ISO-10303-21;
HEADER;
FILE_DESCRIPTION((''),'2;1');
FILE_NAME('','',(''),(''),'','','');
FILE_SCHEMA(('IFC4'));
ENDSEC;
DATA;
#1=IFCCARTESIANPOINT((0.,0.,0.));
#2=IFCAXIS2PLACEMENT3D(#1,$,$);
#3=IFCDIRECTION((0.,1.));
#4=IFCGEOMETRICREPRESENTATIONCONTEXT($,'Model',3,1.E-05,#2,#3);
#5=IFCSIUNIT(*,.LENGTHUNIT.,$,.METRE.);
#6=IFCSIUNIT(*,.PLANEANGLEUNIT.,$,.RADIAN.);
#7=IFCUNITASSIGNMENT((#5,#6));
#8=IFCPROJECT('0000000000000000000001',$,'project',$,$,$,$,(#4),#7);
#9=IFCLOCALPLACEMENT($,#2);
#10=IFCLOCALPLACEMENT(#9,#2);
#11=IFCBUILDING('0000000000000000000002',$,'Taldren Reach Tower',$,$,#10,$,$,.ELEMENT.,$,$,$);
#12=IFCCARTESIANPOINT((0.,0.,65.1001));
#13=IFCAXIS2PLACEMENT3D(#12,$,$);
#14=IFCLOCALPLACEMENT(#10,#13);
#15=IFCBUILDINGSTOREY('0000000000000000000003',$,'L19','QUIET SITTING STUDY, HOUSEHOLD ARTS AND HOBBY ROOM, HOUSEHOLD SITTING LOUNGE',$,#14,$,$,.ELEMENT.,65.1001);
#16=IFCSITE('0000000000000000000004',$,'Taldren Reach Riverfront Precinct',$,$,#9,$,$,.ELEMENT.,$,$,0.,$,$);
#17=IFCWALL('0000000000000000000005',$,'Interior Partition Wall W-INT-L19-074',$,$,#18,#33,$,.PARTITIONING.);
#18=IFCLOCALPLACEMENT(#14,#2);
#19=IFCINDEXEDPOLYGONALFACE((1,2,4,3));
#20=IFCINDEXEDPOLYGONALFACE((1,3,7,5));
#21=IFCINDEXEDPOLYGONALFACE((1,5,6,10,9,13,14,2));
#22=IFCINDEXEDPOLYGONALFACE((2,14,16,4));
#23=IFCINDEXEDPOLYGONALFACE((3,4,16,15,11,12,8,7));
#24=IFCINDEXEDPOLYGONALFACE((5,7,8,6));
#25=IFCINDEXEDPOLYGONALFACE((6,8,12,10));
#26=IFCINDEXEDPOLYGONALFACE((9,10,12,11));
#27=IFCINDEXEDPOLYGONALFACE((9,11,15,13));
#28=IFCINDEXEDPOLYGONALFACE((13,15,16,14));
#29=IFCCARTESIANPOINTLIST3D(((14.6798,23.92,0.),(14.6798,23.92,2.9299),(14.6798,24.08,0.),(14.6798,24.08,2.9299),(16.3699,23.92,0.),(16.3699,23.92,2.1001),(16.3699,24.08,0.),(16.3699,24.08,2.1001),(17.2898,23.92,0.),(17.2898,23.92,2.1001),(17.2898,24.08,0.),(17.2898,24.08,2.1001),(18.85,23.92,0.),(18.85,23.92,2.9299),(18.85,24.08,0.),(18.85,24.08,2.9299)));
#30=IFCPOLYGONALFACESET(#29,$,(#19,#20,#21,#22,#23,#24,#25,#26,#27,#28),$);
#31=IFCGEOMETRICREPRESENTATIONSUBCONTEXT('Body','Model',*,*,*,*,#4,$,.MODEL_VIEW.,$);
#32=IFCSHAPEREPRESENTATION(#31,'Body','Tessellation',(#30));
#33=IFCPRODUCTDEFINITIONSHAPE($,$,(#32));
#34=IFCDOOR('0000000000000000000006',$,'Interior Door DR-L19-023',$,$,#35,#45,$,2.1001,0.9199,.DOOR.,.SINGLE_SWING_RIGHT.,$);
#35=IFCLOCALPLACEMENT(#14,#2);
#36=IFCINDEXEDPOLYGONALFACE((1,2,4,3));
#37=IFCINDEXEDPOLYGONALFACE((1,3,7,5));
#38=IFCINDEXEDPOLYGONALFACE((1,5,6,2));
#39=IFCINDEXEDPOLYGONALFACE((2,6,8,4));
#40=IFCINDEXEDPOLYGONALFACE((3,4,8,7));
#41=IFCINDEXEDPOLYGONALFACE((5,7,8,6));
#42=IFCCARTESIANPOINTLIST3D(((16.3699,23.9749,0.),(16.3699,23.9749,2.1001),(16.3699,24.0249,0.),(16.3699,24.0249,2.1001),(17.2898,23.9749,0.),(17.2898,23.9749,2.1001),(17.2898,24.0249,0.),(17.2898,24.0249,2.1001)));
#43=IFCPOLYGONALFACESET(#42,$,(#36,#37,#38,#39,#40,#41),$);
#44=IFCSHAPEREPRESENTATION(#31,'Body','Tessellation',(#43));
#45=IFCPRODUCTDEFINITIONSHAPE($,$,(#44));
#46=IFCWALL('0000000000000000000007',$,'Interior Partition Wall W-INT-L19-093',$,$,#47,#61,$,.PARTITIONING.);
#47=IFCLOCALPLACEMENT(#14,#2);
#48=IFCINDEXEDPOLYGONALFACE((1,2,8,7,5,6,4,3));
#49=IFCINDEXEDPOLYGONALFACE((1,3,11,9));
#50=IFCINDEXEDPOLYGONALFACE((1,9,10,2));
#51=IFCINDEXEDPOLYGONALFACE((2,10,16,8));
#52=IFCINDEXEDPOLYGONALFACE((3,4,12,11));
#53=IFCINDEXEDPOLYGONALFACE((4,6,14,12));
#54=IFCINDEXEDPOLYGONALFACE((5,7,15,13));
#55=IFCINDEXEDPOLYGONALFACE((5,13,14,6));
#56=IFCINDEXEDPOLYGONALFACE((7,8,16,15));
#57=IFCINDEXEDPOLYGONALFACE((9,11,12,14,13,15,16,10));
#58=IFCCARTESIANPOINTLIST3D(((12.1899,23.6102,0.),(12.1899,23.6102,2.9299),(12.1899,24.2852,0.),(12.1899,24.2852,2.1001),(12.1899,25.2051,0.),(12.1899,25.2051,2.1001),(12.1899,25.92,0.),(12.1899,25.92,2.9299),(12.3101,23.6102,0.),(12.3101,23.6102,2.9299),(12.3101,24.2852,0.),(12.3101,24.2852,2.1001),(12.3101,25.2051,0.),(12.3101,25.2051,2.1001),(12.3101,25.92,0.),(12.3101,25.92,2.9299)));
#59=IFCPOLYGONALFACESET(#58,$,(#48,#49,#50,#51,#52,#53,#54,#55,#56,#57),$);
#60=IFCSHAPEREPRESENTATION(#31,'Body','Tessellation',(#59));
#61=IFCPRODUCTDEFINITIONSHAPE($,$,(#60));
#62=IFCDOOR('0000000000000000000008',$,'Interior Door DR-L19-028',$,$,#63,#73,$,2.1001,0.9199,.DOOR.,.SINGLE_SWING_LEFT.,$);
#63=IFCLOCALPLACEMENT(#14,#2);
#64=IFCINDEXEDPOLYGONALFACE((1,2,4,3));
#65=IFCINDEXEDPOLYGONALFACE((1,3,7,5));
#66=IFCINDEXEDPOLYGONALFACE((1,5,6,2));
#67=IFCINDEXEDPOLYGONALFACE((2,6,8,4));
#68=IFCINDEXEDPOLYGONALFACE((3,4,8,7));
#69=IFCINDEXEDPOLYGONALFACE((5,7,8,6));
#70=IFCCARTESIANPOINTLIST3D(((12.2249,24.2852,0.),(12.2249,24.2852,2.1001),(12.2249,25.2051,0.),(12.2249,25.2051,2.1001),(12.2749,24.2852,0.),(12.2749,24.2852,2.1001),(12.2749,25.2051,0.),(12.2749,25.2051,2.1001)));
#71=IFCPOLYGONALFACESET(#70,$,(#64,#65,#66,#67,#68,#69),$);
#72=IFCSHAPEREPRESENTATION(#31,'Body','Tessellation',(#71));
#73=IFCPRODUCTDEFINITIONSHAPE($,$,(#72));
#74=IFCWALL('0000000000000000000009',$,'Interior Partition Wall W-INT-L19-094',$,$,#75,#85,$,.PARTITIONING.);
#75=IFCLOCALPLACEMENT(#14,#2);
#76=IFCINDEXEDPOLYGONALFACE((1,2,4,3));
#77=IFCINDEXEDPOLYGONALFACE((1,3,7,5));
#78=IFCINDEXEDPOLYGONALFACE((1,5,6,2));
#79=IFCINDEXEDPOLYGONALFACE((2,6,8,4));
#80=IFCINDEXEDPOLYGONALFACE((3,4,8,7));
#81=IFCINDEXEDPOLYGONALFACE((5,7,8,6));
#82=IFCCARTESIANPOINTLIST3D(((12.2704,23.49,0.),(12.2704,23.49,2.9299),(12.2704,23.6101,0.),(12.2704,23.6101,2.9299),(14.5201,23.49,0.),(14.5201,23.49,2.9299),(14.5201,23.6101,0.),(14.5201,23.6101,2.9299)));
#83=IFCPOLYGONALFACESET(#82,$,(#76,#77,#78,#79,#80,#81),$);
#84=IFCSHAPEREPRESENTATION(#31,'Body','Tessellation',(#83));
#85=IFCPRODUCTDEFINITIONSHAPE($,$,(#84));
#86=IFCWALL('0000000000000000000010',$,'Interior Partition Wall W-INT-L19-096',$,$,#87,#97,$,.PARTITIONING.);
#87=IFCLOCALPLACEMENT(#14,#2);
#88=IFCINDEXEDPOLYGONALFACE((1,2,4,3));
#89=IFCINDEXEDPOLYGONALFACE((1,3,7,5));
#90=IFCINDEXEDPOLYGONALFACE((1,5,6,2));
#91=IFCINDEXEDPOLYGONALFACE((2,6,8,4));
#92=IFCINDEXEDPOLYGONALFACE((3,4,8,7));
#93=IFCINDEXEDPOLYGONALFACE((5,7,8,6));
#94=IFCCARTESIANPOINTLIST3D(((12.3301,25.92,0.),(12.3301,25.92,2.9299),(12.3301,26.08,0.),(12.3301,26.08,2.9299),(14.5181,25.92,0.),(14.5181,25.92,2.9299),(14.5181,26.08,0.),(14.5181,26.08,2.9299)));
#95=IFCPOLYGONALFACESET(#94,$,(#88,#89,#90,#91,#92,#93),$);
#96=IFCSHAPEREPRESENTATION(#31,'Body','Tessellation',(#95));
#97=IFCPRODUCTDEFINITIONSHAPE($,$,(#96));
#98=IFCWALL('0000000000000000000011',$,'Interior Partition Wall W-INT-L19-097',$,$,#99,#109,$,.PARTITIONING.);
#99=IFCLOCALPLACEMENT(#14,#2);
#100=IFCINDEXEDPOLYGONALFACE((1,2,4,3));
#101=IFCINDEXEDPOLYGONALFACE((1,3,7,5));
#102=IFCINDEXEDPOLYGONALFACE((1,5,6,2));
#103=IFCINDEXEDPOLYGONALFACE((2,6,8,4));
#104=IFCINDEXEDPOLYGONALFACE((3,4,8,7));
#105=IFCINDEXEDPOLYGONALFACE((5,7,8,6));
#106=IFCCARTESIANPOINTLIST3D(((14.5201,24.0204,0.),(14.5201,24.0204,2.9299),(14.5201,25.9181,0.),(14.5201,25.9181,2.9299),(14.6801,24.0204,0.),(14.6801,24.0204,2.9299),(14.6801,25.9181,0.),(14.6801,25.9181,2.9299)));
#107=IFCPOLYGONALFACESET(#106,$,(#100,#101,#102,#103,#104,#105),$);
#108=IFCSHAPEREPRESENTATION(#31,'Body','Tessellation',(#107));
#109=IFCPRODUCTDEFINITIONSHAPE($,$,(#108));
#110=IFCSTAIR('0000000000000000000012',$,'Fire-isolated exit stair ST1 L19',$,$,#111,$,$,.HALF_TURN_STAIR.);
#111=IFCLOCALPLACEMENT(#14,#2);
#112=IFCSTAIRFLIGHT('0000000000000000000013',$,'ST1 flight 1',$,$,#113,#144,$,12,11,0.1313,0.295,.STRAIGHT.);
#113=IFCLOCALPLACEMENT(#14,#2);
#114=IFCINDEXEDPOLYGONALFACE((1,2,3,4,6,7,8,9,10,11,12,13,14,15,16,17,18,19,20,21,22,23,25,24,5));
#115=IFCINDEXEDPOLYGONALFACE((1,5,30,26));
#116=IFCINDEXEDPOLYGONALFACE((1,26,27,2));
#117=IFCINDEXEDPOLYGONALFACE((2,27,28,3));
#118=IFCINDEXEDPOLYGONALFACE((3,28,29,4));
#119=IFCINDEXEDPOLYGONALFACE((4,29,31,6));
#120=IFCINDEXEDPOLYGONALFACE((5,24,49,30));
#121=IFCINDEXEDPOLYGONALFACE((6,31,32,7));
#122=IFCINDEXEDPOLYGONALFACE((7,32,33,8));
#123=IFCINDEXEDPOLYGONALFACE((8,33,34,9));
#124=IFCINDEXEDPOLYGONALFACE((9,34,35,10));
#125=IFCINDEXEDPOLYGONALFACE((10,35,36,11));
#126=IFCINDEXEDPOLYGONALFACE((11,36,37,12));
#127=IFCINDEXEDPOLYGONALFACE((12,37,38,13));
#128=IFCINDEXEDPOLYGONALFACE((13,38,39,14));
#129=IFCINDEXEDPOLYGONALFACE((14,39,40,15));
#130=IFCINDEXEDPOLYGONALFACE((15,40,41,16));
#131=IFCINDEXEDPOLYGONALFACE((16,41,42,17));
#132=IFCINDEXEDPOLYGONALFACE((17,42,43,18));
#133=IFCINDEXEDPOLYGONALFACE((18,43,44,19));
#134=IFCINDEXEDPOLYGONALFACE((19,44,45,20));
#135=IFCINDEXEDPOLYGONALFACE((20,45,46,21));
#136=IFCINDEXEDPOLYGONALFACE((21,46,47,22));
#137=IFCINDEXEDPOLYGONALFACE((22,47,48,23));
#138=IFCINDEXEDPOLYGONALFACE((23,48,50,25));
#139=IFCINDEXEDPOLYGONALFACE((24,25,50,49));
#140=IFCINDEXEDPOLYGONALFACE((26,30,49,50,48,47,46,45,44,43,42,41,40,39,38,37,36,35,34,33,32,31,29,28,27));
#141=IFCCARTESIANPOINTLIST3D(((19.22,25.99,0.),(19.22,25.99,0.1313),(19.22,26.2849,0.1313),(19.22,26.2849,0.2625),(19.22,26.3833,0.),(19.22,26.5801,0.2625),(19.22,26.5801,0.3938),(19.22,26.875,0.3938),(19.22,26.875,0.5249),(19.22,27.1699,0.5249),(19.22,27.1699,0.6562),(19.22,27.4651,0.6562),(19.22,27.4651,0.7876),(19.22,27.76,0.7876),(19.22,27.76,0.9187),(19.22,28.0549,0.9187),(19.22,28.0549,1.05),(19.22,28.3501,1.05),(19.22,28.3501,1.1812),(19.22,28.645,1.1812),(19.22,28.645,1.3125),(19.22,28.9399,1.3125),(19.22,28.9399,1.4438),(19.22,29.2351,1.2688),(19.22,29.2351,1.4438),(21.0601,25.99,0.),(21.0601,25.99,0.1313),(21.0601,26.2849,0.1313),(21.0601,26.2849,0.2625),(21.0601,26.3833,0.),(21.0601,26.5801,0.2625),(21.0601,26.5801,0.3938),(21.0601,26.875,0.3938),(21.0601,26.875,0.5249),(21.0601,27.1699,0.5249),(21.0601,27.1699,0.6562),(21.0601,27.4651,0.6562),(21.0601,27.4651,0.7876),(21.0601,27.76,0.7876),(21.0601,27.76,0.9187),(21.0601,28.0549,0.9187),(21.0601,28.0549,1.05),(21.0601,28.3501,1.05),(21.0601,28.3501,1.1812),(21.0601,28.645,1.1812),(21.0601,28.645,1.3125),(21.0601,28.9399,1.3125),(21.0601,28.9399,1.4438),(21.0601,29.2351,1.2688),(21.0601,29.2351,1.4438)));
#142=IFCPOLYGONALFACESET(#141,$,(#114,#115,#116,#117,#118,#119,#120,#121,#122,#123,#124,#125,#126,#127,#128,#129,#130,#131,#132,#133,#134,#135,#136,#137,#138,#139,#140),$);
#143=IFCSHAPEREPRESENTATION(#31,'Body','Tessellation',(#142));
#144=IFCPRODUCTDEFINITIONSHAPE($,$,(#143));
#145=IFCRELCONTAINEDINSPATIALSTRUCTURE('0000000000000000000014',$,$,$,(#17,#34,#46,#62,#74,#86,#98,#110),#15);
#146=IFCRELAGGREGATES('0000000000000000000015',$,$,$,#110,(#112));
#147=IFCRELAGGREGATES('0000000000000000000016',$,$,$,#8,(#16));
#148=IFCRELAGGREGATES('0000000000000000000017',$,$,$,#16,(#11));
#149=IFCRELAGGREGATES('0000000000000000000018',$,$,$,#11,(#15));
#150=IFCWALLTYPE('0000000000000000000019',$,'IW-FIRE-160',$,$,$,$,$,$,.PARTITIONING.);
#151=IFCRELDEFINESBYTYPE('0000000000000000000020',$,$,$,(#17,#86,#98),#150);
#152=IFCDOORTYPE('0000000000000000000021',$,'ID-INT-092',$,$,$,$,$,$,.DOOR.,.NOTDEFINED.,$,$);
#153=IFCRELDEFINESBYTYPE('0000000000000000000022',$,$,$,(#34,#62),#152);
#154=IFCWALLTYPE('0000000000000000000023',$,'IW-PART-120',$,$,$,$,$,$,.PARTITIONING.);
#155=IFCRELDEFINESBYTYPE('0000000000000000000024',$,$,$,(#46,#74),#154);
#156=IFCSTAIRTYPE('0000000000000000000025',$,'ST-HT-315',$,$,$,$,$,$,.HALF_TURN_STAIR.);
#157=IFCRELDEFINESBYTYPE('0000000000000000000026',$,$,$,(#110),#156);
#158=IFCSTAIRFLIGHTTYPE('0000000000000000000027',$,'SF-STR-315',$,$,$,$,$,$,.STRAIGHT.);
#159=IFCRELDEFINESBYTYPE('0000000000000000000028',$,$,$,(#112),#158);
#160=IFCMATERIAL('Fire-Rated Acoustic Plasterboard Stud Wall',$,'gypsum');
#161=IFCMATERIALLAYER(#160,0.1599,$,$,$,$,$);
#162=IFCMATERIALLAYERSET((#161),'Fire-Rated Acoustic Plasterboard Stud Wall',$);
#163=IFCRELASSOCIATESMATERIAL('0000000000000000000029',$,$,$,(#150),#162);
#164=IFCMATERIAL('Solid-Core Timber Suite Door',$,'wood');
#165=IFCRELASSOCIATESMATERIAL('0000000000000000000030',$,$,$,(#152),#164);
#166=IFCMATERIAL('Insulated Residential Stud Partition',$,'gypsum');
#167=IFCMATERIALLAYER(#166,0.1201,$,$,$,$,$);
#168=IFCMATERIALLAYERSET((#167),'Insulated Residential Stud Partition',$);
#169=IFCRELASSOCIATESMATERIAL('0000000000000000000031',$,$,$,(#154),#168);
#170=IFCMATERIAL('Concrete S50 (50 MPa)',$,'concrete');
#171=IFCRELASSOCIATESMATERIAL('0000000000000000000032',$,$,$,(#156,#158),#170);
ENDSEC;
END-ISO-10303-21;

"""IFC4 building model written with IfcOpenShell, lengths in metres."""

from ifc_helpers import new_model, si_unit, direction, frame, frame_2d, origin, place, context, subcontext, project, spatial, polyline, rectangle, outline, extrude, source, transform, mapped, material, layer, layer_set, type_object, element, fill, aggregate, save


model = new_model("IFC4")

# Units and contexts
model_context = context("Model", 3, precision=1e-05, world=origin(), true_north=direction((0.0, 1.0)))
body_context = subcontext(model_context, "Body", "Model", "MODEL_VIEW")
ifc_project = project(units=[si_unit("LENGTHUNIT", "METRE"), si_unit("PLANEANGLEUNIT", "RADIAN")], contexts=[model_context])

# Site, building, storey
site_placement = place(None, origin())
site = spatial("IfcSite", under=ifc_project, at=site_placement, Name="Taldren Reach Riverfront Precinct", CompositionType="ELEMENT", RefElevation=0.0)
building_placement = place(site_placement, origin())
building = spatial("IfcBuilding", under=site, at=building_placement, Name="Taldren Reach Tower", CompositionType="ELEMENT")
storey_placement = place(building_placement, frame((0.0, 0.0, 65.1001)))
storey = spatial("IfcBuildingStorey", under=building, at=storey_placement, Name="L19", Description="QUIET SITTING STUDY, HOUSEHOLD ARTS AND HOBBY ROOM, HOUSEHOLD SITTING LOUNGE", CompositionType="ELEMENT", Elevation=65.1001)

# Walls, openings, doors
ifc_material_1 = material(Name="Fire-Rated Acoustic Plasterboard Stud Wall", Category="gypsum")
ifc_layer_1 = layer(ifc_material_1, 0.1599)
ifc_layer_set_1 = layer_set([ifc_layer_1], Name="Fire-Rated Acoustic Plasterboard Stud Wall")
wall_type_1 = type_object("IfcWallType", Name="IW-FIRE-160", PredefinedType="PARTITIONING", material=ifc_layer_set_1)
shared_shape_1 = source(origin(), body_context, "Body", "SweptSolid", [
    extrude(rectangle(XDim=4.1702, YDim=0.1599, at=frame_2d((2.085, 0.0))), origin(), (0.0, 0.0, 1.0), 2.9299),
])
wall_1_placement = place(storey_placement, frame((14.6799, 24.0, 0.0), z_axis=(0.0, 0.0, 1.0), x_axis=(1.0, 0.0, 0.0)))
wall_1 = element("IfcWall", 1, at=wall_1_placement, inside=storey, type_object=wall_type_1, Name="Interior Partition Wall W-INT-L19-074", PredefinedType="PARTITIONING", context=body_context, shape_type="MappedRepresentation", body=[
    mapped(shared_shape_1, transform((0.0, 0.0, 0.0), scale=1.0)),
])
shared_shape_2 = source(origin(), body_context, "Body", "SweptSolid", [
    extrude(rectangle(XDim=0.9199, YDim=2.1001, at=frame_2d((0.46, 1.05))), frame((0.0, 0.0898, 0.0), z_axis=(0.0, -1.0, 0.0), x_axis=(1.0, 0.0, 0.0)), (0.0, 0.0, 1.0), 0.1799),
])
opening_1_placement = place(wall_1_placement, frame((1.6899, 0.0, 0.0)))
opening_1 = element("IfcOpeningElement", 2, at=opening_1_placement, cuts=wall_1, PredefinedType="OPENING", context=body_context, shape_type="MappedRepresentation", body=[
    mapped(shared_shape_2, transform((0.0, 0.0, 0.0), scale=1.0)),
])
ifc_material_2 = material(Name="Solid-Core Timber Suite Door", Category="wood")
door_type = type_object("IfcDoorType", Name="ID-INT-092", OperationType="NOTDEFINED", PredefinedType="DOOR", material=ifc_material_2)
shared_shape_3 = source(origin(), body_context, "Body", "SweptSolid", [
    extrude(rectangle(XDim=0.9199, YDim=2.1001, at=frame_2d((0.46, 1.05))), frame((0.0, 0.0249, 0.0), z_axis=(0.0, -1.0, 0.0), x_axis=(1.0, 0.0, 0.0)), (0.0, 0.0, 1.0), 0.05),
])
door_1_placement = place(opening_1_placement, origin())
door_1 = element("IfcDoor", 3, at=door_1_placement, inside=storey, type_object=door_type, Name="Interior Door DR-L19-023", OperationType="SINGLE_SWING_RIGHT", OverallHeight=2.1001, OverallWidth=0.9199, PredefinedType="DOOR", context=body_context, shape_type="MappedRepresentation", body=[
    mapped(shared_shape_3, transform((0.0, 0.0, 0.0), scale=1.0)),
])
fill(opening_1, door_1)
ifc_material_3 = material(Name="Insulated Residential Stud Partition", Category="gypsum")
ifc_layer_2 = layer(ifc_material_3, 0.1201)
ifc_layer_set_2 = layer_set([ifc_layer_2], Name="Insulated Residential Stud Partition")
wall_type_2 = type_object("IfcWallType", Name="IW-PART-120", PredefinedType="PARTITIONING", material=ifc_layer_set_2)
shared_shape_4 = source(origin(), body_context, "Body", "SweptSolid", [
    extrude(rectangle(XDim=2.3098, YDim=0.1201, at=frame_2d((1.1548, 0.0))), origin(), (0.0, 0.0, 1.0), 2.9299),
])
wall_2_placement = place(storey_placement, frame((12.25, 25.9199, 0.0), z_axis=(0.0, 0.0, 1.0), x_axis=(0.0, -1.0, 0.0)))
wall_2 = element("IfcWall", 4, at=wall_2_placement, inside=storey, type_object=wall_type_2, Name="Interior Partition Wall W-INT-L19-093", PredefinedType="PARTITIONING", context=body_context, shape_type="MappedRepresentation", body=[
    mapped(shared_shape_4, transform((0.0, 0.0, 0.0), scale=1.0)),
])
shared_shape_5 = source(origin(), body_context, "Body", "SweptSolid", [
    extrude(rectangle(XDim=0.9199, YDim=2.1001, at=frame_2d((0.46, 1.05))), frame((0.0, 0.0701, 0.0), z_axis=(0.0, -1.0, 0.0), x_axis=(1.0, 0.0, 0.0)), (0.0, 0.0, 1.0), 0.1401),
])
opening_2_placement = place(wall_2_placement, frame((0.7148, 0.0, 0.0)))
opening_2 = element("IfcOpeningElement", 5, at=opening_2_placement, cuts=wall_2, PredefinedType="OPENING", context=body_context, shape_type="MappedRepresentation", body=[
    mapped(shared_shape_5, transform((0.0, 0.0, 0.0), scale=1.0)),
])
door_2_placement = place(opening_2_placement, origin())
door_2 = element("IfcDoor", 6, at=door_2_placement, inside=storey, type_object=door_type, Name="Interior Door DR-L19-028", OperationType="SINGLE_SWING_LEFT", OverallHeight=2.1001, OverallWidth=0.9199, PredefinedType="DOOR", context=body_context, shape_type="MappedRepresentation", body=[
    mapped(shared_shape_3, transform((0.0, 0.0, 0.0), scale=1.0)),
])
fill(opening_2, door_2)

# Walls
shared_shape_6 = source(origin(), body_context, "Body", "SweptSolid", [
    extrude(rectangle(XDim=2.2498, YDim=0.1201, at=frame_2d((1.125, 0.0))), origin(), (0.0, 0.0, 1.0), 2.9299),
])
wall_3_placement = place(storey_placement, frame((12.2703, 23.55, 0.0), z_axis=(0.0, 0.0, 1.0), x_axis=(1.0, 0.0, 0.0)))
element("IfcWall", 7, at=wall_3_placement, inside=storey, type_object=wall_type_2, Name="Interior Partition Wall W-INT-L19-094", PredefinedType="PARTITIONING", context=body_context, shape_type="MappedRepresentation", body=[
    mapped(shared_shape_6, transform((0.0, 0.0, 0.0), scale=1.0)),
])
shared_shape_7 = source(origin(), body_context, "Body", "SweptSolid", [
    extrude(rectangle(XDim=2.188, YDim=0.1599, at=frame_2d((1.094, 0.0))), origin(), (0.0, 0.0, 1.0), 2.9299),
])
wall_4_placement = place(storey_placement, frame((12.3301, 26.0, 0.0), z_axis=(0.0, 0.0, 1.0), x_axis=(1.0, 0.0, 0.0)))
element("IfcWall", 8, at=wall_4_placement, inside=storey, type_object=wall_type_1, Name="Interior Partition Wall W-INT-L19-096", PredefinedType="PARTITIONING", context=body_context, shape_type="MappedRepresentation", body=[
    mapped(shared_shape_7, transform((0.0, 0.0, 0.0), scale=1.0)),
])
shared_shape_8 = source(origin(), body_context, "Body", "SweptSolid", [
    extrude(rectangle(XDim=1.8977, YDim=0.1599, at=frame_2d((0.9487, 0.0))), origin(), (0.0, 0.0, 1.0), 2.9299),
])
wall_5_placement = place(storey_placement, frame((14.6001, 25.918, 0.0), z_axis=(0.0, 0.0, 1.0), x_axis=(0.0, -1.0, 0.0)))
element("IfcWall", 9, at=wall_5_placement, inside=storey, type_object=wall_type_1, Name="Interior Partition Wall W-INT-L19-097", PredefinedType="PARTITIONING", context=body_context, shape_type="MappedRepresentation", body=[
    mapped(shared_shape_8, transform((0.0, 0.0, 0.0), scale=1.0)),
])

# Stair, stair flight
ifc_material_4 = material(Name="Concrete S50 (50 MPa)", Category="concrete")
stair_type = type_object("IfcStairType", Name="ST-HT-315", PredefinedType="HALF_TURN_STAIR", material=ifc_material_4)
stair_placement = place(storey_placement, origin())
stair = element("IfcStair", 10, at=stair_placement, inside=storey, type_object=stair_type, Name="Fire-isolated exit stair ST1 L19", PredefinedType="HALF_TURN_STAIR")
stair_flight_type = type_object("IfcStairFlightType", Name="SF-STR-315", PredefinedType="STRAIGHT", material=ifc_material_4)
stair_flight_placement = place(storey_placement, frame((20.1399, 25.99, 0.0), z_axis=(0.0, 0.0, 1.0), x_axis=(0.0, 1.0, 0.0)))
stair_flight = element("IfcStairFlight", 11, at=stair_flight_placement, type_object=stair_flight_type, Name="ST1 flight 1", NumberOfRisers=12, NumberOfTreads=11, PredefinedType="STRAIGHT", RiserHeight=0.1313, TreadLength=0.295, context=body_context, shape_type="SweptSolid", body=[
    extrude(outline(polyline([(0.0, 0.0), (0.0, 0.1313), (0.2949, 0.1313), (0.2949, 0.2625), (0.5901, 0.2625), (0.5901, 0.3938), (0.885, 0.3938), (0.885, 0.5249), (1.1799, 0.5249), (1.1799, 0.6562), (1.4751, 0.6562), (1.4751, 0.7876), (1.77, 0.7876), (1.77, 0.9187), (2.0649, 0.9187), (2.0649, 1.05), (2.3601, 1.05), (2.3601, 1.1812), (2.655, 1.1812), (2.655, 1.3125), (2.95, 1.3125), (2.95, 1.4438), (3.2451, 1.4438), (3.2451, 1.575), (3.2451, 1.2688), (0.3933, 0.0), (0.0, 0.0)])), frame((0.0, 0.9199, 0.0), z_axis=(0.0, -1.0, 0.0), x_axis=(1.0, 0.0, 0.0)), (0.0, 0.0, 1.0), 1.8401),
])
aggregate(stair, [stair_flight])

save(model, "model.ifc")
